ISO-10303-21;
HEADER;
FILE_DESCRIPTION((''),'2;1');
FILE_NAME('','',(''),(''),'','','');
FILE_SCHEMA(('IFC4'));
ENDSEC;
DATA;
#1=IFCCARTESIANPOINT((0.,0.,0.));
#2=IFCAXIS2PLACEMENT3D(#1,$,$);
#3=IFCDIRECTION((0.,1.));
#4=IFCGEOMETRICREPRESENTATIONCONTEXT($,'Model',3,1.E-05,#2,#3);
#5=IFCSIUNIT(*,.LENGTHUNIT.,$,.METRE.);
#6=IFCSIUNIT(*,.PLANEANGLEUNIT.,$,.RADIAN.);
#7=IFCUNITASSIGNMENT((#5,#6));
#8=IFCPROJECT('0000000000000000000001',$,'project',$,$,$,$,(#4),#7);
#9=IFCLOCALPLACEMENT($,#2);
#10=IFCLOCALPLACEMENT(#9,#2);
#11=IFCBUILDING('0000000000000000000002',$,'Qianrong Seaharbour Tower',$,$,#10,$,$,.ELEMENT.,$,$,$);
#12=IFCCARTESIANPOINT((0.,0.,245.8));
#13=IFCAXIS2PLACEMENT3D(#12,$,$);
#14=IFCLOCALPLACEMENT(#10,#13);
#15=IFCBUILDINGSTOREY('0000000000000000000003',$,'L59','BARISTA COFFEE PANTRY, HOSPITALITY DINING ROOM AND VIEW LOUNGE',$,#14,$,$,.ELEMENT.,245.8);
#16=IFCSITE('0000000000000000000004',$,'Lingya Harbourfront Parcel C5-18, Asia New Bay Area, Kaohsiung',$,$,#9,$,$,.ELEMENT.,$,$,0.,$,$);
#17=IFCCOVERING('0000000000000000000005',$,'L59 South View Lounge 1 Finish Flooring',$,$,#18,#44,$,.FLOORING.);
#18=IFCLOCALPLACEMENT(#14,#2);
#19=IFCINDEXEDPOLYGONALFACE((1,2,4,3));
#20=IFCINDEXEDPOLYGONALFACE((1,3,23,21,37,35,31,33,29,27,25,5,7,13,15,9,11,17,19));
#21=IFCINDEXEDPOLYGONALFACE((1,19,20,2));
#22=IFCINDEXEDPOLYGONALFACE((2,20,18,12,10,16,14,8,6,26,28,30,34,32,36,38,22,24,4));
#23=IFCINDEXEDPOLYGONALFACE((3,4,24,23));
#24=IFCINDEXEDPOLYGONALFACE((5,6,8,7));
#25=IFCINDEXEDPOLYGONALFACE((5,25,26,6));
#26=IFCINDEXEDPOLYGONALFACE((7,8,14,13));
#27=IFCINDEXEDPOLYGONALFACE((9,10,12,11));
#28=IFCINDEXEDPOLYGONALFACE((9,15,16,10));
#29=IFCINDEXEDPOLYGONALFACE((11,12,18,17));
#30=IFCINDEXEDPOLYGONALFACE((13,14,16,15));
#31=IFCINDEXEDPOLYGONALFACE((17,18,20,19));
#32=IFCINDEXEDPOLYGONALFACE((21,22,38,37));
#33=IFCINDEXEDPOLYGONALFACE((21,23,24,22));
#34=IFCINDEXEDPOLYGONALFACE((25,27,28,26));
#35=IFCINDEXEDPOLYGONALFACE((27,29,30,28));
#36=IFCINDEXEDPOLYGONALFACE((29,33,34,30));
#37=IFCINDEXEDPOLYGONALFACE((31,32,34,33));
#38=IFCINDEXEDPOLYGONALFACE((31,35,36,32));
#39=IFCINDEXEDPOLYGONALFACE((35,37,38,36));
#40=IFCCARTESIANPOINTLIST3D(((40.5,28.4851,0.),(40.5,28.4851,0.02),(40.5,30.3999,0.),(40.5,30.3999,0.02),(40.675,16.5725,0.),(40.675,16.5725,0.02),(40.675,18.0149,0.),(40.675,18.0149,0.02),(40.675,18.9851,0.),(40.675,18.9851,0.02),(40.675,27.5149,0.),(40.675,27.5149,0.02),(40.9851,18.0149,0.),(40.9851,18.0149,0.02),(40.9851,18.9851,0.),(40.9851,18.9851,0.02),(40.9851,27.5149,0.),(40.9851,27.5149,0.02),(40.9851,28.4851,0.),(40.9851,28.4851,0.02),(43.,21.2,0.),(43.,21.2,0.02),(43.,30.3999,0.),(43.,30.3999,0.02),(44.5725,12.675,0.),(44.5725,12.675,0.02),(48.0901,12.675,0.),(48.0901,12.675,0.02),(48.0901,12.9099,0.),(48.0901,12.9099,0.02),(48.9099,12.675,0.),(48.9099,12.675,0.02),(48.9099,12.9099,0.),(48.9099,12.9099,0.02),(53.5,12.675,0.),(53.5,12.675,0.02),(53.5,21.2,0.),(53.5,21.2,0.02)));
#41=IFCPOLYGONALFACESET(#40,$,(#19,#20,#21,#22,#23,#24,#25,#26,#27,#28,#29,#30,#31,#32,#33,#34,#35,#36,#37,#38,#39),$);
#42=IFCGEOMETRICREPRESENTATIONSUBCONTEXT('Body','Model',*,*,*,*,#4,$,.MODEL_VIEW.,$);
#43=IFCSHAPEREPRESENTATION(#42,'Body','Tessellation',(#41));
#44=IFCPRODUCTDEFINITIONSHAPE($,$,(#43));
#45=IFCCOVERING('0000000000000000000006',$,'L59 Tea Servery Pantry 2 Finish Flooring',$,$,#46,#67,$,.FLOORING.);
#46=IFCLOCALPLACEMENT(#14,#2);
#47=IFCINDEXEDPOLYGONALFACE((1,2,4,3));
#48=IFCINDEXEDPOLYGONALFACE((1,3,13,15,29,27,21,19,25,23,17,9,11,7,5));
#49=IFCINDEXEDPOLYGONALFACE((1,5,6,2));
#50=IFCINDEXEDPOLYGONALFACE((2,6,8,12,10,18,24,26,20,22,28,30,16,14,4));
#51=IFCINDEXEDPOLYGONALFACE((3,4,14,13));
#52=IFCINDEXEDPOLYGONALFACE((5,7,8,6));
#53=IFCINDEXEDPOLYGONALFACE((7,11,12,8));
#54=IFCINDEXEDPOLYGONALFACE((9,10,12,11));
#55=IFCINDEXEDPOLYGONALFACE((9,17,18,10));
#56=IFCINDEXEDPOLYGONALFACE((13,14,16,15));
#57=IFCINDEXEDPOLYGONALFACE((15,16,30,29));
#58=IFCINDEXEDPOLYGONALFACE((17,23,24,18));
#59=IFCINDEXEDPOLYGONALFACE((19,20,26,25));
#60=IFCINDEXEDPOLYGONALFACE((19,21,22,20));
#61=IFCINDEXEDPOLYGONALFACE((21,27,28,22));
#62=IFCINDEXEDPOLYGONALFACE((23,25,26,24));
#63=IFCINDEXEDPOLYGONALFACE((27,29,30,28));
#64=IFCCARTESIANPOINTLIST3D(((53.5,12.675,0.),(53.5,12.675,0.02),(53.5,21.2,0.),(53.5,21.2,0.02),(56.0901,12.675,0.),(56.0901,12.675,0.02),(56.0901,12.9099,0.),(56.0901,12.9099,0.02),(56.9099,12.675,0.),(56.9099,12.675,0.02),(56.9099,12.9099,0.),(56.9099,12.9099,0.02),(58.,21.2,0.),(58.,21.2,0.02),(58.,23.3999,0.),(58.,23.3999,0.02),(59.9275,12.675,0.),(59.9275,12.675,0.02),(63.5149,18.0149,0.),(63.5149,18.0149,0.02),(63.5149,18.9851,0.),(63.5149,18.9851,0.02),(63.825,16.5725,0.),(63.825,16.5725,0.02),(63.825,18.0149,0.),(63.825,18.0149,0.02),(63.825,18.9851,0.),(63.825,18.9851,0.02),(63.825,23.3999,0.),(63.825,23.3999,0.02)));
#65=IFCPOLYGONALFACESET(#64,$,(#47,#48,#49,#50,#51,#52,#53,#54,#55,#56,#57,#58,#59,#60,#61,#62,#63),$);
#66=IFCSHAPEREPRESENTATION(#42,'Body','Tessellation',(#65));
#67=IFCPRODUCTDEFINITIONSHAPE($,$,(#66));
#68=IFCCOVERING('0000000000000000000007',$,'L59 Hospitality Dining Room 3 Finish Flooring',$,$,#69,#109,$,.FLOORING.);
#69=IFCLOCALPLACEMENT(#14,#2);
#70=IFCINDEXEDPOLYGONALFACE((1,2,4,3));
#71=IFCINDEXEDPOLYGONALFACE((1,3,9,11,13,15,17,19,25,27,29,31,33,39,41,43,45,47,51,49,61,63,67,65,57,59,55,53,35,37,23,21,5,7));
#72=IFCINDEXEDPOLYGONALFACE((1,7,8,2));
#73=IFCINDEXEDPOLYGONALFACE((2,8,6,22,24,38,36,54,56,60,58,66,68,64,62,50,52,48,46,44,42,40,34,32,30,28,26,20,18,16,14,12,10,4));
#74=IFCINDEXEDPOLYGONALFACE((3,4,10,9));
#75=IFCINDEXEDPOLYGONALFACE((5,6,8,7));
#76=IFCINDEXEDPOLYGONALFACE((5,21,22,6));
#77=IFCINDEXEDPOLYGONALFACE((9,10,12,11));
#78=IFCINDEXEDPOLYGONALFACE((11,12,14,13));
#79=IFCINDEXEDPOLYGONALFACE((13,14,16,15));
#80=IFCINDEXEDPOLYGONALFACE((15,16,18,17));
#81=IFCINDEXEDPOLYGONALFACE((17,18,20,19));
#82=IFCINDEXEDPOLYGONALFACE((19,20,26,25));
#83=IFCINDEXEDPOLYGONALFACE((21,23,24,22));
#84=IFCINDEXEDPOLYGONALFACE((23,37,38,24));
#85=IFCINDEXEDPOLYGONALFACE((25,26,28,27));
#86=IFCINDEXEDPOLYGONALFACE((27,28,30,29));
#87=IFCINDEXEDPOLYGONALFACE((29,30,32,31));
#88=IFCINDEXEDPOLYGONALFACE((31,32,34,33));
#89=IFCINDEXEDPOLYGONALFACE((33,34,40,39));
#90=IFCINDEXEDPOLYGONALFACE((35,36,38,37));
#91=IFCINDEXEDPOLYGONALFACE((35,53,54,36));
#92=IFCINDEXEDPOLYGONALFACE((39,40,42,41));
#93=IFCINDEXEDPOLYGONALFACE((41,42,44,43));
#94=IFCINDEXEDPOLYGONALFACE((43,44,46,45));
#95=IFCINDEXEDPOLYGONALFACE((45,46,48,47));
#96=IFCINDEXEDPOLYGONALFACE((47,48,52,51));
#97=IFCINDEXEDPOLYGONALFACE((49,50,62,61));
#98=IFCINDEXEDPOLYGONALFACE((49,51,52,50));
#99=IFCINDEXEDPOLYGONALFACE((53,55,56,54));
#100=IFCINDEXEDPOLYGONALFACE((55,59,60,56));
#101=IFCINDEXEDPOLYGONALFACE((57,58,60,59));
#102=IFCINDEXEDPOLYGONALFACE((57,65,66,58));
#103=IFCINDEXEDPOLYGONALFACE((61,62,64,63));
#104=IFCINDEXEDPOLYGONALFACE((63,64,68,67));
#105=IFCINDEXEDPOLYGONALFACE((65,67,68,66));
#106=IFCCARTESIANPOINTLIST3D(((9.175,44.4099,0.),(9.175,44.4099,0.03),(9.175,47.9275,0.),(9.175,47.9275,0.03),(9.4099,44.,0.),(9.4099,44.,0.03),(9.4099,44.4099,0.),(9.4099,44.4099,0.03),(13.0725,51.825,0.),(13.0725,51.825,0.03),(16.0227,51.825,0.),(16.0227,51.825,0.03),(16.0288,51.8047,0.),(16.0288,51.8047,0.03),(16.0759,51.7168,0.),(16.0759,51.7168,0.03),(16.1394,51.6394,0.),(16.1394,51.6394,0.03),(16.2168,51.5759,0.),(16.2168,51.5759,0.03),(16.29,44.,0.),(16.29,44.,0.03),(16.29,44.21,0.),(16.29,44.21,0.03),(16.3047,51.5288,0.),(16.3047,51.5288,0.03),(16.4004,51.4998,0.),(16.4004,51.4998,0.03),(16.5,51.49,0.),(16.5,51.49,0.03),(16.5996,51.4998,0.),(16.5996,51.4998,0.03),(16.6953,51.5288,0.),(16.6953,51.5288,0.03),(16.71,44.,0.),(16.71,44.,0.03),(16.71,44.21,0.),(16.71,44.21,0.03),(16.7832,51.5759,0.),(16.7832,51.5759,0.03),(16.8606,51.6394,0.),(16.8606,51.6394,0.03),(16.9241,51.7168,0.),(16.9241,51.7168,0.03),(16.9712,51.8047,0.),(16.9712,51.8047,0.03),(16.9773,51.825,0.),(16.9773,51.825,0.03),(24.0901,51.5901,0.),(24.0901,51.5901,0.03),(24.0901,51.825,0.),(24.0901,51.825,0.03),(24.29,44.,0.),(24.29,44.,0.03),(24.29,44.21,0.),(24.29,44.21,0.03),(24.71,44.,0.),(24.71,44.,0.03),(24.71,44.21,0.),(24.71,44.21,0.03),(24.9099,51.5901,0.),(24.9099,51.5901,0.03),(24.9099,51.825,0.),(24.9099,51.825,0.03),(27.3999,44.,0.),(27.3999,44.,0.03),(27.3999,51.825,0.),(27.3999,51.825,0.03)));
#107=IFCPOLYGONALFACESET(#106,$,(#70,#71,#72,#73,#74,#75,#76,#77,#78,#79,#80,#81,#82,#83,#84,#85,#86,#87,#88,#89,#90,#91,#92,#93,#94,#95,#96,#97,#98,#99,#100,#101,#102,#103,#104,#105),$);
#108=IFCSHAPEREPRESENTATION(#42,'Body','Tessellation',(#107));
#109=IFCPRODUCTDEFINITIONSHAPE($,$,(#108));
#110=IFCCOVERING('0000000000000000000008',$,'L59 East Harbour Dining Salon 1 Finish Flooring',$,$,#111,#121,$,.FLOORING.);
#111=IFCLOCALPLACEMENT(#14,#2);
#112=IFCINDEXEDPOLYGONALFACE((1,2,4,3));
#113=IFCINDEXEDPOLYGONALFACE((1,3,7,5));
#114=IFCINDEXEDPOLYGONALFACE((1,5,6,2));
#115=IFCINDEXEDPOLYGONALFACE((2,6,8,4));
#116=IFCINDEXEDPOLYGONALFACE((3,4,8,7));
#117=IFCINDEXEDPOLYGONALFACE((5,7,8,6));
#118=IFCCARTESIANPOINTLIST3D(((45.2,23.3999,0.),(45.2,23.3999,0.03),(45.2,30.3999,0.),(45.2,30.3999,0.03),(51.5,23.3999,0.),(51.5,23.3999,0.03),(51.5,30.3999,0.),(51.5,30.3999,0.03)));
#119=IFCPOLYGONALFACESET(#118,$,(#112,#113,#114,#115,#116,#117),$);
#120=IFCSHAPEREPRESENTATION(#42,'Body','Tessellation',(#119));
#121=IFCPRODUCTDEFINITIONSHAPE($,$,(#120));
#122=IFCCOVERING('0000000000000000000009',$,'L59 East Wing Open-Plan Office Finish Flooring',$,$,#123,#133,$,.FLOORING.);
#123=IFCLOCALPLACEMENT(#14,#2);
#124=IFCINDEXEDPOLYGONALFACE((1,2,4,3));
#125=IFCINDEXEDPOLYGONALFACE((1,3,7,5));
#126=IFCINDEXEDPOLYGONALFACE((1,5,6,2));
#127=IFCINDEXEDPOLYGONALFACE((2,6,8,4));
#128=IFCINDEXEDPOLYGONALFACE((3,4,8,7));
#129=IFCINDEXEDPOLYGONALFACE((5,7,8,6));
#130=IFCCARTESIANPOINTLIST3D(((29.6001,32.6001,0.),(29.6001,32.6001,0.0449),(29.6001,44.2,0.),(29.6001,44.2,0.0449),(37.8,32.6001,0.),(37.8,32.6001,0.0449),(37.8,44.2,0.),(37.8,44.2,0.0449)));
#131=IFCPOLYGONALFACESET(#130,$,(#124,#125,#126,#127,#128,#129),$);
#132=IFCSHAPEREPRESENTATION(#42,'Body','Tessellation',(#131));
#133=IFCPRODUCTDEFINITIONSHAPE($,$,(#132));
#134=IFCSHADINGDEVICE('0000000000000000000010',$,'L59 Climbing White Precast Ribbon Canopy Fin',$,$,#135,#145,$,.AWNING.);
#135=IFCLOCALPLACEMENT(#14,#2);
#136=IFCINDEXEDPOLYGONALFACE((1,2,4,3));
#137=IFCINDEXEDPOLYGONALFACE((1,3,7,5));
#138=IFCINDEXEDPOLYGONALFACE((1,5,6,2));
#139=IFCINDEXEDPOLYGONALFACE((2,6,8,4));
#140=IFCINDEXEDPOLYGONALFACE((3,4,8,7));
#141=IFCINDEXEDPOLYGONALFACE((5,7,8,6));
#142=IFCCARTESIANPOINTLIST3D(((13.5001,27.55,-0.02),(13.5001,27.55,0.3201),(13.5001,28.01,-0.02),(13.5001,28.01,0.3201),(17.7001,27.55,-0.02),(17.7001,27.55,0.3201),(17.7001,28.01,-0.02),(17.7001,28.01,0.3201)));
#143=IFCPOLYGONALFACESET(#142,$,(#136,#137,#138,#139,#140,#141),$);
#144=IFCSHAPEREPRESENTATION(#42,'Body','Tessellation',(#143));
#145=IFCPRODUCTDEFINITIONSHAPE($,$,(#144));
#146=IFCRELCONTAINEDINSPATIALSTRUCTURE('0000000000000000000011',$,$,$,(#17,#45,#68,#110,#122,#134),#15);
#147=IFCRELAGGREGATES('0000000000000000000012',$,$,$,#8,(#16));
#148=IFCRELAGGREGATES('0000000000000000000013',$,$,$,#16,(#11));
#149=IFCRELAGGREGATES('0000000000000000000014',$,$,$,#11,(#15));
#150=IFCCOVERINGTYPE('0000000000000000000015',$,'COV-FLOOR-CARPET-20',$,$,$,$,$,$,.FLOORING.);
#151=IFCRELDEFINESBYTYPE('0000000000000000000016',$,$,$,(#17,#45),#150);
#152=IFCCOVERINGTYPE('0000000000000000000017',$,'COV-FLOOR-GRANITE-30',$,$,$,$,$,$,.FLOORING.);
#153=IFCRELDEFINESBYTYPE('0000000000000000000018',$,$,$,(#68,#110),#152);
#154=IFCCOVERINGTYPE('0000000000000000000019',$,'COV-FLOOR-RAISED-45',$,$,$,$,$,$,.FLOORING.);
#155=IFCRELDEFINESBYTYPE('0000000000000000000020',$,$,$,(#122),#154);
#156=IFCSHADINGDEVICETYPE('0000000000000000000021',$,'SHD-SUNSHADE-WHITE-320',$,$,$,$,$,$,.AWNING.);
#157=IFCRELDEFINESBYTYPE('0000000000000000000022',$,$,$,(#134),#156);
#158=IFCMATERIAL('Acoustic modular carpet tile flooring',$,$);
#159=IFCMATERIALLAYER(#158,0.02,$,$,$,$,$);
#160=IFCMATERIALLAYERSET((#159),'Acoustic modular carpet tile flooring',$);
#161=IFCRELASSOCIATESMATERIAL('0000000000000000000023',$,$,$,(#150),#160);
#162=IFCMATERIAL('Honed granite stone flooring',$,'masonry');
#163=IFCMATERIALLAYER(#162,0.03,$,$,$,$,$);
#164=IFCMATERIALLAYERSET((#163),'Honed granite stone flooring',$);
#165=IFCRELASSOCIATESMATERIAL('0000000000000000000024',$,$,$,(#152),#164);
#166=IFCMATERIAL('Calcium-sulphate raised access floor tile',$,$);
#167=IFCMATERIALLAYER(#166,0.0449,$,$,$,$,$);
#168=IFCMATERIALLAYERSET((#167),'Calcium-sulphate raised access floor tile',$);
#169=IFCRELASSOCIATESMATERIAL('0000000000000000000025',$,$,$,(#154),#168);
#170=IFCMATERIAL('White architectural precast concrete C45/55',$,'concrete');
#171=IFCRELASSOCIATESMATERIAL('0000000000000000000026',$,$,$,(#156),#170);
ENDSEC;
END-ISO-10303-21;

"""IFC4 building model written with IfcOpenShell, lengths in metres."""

from ifc_helpers import new_model, si_unit, direction, frame, origin, origin_2d, place, context, subcontext, project, spatial, polyline, rectangle, outline, extrude, material, layer, layer_set, type_object, element, save


model = new_model("IFC4")

# Units and contexts
model_context = context("Model", 3, precision=1e-05, world=origin(), true_north=direction((0.0, 1.0)))
body_context = subcontext(model_context, "Body", "Model", "MODEL_VIEW")
ifc_project = project(units=[si_unit("LENGTHUNIT", "METRE"), si_unit("PLANEANGLEUNIT", "RADIAN")], contexts=[model_context])

# Site, building, storey
site_placement = place(None, origin())
site = spatial("IfcSite", under=ifc_project, at=site_placement, Name="Lingya Harbourfront Parcel C5-18, Asia New Bay Area, Kaohsiung", CompositionType="ELEMENT", RefElevation=0.0)
building_placement = place(site_placement, origin())
building = spatial("IfcBuilding", under=site, at=building_placement, Name="Qianrong Seaharbour Tower", CompositionType="ELEMENT")
storey_placement = place(building_placement, frame((0.0, 0.0, 245.8)))
storey = spatial("IfcBuildingStorey", under=building, at=storey_placement, Name="L59", Description="BARISTA COFFEE PANTRY, HOSPITALITY DINING ROOM AND VIEW LOUNGE", CompositionType="ELEMENT", Elevation=245.8)

# Coverings
ifc_material_1 = material(Name="Acoustic modular carpet tile flooring")
ifc_layer_1 = layer(ifc_material_1, 0.02)
ifc_layer_set_1 = layer_set([ifc_layer_1], Name="Acoustic modular carpet tile flooring")
covering_type_1 = type_object("IfcCoveringType", Name="COV-FLOOR-CARPET-20", PredefinedType="FLOORING", material=ifc_layer_set_1)
covering_1_placement = place(storey_placement, origin())
element("IfcCovering", 1, at=covering_1_placement, inside=storey, type_object=covering_type_1, Name="L59 South View Lounge 1 Finish Flooring", PredefinedType="FLOORING", context=body_context, shape_type="SweptSolid", body=[
    extrude(outline(polyline([(43.0, 21.2), (53.5, 21.2), (53.5, 12.675), (48.9099, 12.675), (48.9099, 12.9099), (48.0901, 12.9099), (48.0901, 12.675), (44.5725, 12.675), (40.675, 16.5725), (40.675, 18.0149), (40.9851, 18.0149), (40.9851, 18.9851), (40.675, 18.9851), (40.675, 27.5149), (40.9851, 27.5149), (40.9851, 28.4851), (40.5, 28.4851), (40.5, 30.3999), (43.0, 30.3999), (43.0, 21.2)])), origin(), (0.0, 0.0, 1.0), 0.02),
])
covering_2_placement = place(storey_placement, origin())
element("IfcCovering", 2, at=covering_2_placement, inside=storey, type_object=covering_type_1, Name="L59 Tea Servery Pantry 2 Finish Flooring", PredefinedType="FLOORING", context=body_context, shape_type="SweptSolid", body=[
    extrude(outline(polyline([(59.9275, 12.675), (56.9099, 12.675), (56.9099, 12.9099), (56.0901, 12.9099), (56.0901, 12.675), (53.5, 12.675), (53.5, 21.2), (58.0, 21.2), (58.0, 23.3999), (63.825, 23.3999), (63.825, 18.9851), (63.5149, 18.9851), (63.5149, 18.0149), (63.825, 18.0149), (63.825, 16.5725), (59.9275, 12.675)])), origin(), (0.0, 0.0, 1.0), 0.02),
])
ifc_material_2 = material(Name="Honed granite stone flooring", Category="masonry")
ifc_layer_2 = layer(ifc_material_2, 0.03)
ifc_layer_set_2 = layer_set([ifc_layer_2], Name="Honed granite stone flooring")
covering_type_2 = type_object("IfcCoveringType", Name="COV-FLOOR-GRANITE-30", PredefinedType="FLOORING", material=ifc_layer_set_2)
covering_3_placement = place(storey_placement, origin())
element("IfcCovering", 3, at=covering_3_placement, inside=storey, type_object=covering_type_2, Name="L59 Hospitality Dining Room 3 Finish Flooring", PredefinedType="FLOORING", context=body_context, shape_type="SweptSolid", body=[
    extrude(outline(polyline([(9.175, 47.9275), (13.0725, 51.825), (16.0227, 51.825), (16.0288, 51.8047), (16.0759, 51.7168), (16.1394, 51.6394), (16.2168, 51.5759), (16.3047, 51.5288), (16.4004, 51.4998), (16.5, 51.49), (16.5996, 51.4998), (16.6953, 51.5288), (16.7832, 51.5759), (16.8606, 51.6394), (16.9241, 51.7168), (16.9712, 51.8047), (16.9773, 51.825), (24.0901, 51.825), (24.0901, 51.5901), (24.9099, 51.5901), (24.9099, 51.825), (27.3999, 51.825), (27.3999, 44.0), (24.71, 44.0), (24.71, 44.21), (24.29, 44.21), (24.29, 44.0), (16.71, 44.0), (16.71, 44.21), (16.29, 44.21), (16.29, 44.0), (9.4099, 44.0), (9.4099, 44.4099), (9.175, 44.4099), (9.175, 47.9275)])), origin(), (0.0, 0.0, 1.0), 0.03),
])
covering_4_placement = place(storey_placement, origin())
element("IfcCovering", 4, at=covering_4_placement, inside=storey, type_object=covering_type_2, Name="L59 East Harbour Dining Salon 1 Finish Flooring", PredefinedType="FLOORING", context=body_context, shape_type="SweptSolid", body=[
    extrude(outline(polyline([(51.5, 30.3999), (51.5, 23.3999), (45.2, 23.3999), (45.2, 30.3999), (51.5, 30.3999)])), origin(), (0.0, 0.0, 1.0), 0.03),
])
ifc_material_3 = material(Name="Calcium-sulphate raised access floor tile")
ifc_layer_3 = layer(ifc_material_3, 0.0449)
ifc_layer_set_3 = layer_set([ifc_layer_3], Name="Calcium-sulphate raised access floor tile")
covering_type_3 = type_object("IfcCoveringType", Name="COV-FLOOR-RAISED-45", PredefinedType="FLOORING", material=ifc_layer_set_3)
covering_5_placement = place(storey_placement, origin())
element("IfcCovering", 5, at=covering_5_placement, inside=storey, type_object=covering_type_3, Name="L59 East Wing Open-Plan Office Finish Flooring", PredefinedType="FLOORING", context=body_context, shape_type="SweptSolid", body=[
    extrude(outline(polyline([(29.6001, 44.2), (37.8, 44.2), (37.8, 32.6001), (29.6001, 32.6001), (29.6001, 44.2)])), origin(), (0.0, 0.0, 1.0), 0.0449),
])

# Shading device
ifc_material_4 = material(Name="White architectural precast concrete C45/55", Category="concrete")
shading_device_type = type_object("IfcShadingDeviceType", Name="SHD-SUNSHADE-WHITE-320", PredefinedType="AWNING", material=ifc_material_4)
shading_device_placement = place(storey_placement, frame((15.6001, 27.78, -0.02), z_axis=(0.0, 0.0, 1.0), x_axis=(1.0, 0.0, 0.0)))
element("IfcShadingDevice", 6, at=shading_device_placement, inside=storey, type_object=shading_device_type, Name="L59 Climbing White Precast Ribbon Canopy Fin", PredefinedType="AWNING", context=body_context, shape_type="SweptSolid", body=[
    extrude(rectangle(XDim=4.2, YDim=0.46, at=origin_2d()), origin(), (0.0, 0.0, 1.0), 0.3401),
])

save(model, "model.ifc")
